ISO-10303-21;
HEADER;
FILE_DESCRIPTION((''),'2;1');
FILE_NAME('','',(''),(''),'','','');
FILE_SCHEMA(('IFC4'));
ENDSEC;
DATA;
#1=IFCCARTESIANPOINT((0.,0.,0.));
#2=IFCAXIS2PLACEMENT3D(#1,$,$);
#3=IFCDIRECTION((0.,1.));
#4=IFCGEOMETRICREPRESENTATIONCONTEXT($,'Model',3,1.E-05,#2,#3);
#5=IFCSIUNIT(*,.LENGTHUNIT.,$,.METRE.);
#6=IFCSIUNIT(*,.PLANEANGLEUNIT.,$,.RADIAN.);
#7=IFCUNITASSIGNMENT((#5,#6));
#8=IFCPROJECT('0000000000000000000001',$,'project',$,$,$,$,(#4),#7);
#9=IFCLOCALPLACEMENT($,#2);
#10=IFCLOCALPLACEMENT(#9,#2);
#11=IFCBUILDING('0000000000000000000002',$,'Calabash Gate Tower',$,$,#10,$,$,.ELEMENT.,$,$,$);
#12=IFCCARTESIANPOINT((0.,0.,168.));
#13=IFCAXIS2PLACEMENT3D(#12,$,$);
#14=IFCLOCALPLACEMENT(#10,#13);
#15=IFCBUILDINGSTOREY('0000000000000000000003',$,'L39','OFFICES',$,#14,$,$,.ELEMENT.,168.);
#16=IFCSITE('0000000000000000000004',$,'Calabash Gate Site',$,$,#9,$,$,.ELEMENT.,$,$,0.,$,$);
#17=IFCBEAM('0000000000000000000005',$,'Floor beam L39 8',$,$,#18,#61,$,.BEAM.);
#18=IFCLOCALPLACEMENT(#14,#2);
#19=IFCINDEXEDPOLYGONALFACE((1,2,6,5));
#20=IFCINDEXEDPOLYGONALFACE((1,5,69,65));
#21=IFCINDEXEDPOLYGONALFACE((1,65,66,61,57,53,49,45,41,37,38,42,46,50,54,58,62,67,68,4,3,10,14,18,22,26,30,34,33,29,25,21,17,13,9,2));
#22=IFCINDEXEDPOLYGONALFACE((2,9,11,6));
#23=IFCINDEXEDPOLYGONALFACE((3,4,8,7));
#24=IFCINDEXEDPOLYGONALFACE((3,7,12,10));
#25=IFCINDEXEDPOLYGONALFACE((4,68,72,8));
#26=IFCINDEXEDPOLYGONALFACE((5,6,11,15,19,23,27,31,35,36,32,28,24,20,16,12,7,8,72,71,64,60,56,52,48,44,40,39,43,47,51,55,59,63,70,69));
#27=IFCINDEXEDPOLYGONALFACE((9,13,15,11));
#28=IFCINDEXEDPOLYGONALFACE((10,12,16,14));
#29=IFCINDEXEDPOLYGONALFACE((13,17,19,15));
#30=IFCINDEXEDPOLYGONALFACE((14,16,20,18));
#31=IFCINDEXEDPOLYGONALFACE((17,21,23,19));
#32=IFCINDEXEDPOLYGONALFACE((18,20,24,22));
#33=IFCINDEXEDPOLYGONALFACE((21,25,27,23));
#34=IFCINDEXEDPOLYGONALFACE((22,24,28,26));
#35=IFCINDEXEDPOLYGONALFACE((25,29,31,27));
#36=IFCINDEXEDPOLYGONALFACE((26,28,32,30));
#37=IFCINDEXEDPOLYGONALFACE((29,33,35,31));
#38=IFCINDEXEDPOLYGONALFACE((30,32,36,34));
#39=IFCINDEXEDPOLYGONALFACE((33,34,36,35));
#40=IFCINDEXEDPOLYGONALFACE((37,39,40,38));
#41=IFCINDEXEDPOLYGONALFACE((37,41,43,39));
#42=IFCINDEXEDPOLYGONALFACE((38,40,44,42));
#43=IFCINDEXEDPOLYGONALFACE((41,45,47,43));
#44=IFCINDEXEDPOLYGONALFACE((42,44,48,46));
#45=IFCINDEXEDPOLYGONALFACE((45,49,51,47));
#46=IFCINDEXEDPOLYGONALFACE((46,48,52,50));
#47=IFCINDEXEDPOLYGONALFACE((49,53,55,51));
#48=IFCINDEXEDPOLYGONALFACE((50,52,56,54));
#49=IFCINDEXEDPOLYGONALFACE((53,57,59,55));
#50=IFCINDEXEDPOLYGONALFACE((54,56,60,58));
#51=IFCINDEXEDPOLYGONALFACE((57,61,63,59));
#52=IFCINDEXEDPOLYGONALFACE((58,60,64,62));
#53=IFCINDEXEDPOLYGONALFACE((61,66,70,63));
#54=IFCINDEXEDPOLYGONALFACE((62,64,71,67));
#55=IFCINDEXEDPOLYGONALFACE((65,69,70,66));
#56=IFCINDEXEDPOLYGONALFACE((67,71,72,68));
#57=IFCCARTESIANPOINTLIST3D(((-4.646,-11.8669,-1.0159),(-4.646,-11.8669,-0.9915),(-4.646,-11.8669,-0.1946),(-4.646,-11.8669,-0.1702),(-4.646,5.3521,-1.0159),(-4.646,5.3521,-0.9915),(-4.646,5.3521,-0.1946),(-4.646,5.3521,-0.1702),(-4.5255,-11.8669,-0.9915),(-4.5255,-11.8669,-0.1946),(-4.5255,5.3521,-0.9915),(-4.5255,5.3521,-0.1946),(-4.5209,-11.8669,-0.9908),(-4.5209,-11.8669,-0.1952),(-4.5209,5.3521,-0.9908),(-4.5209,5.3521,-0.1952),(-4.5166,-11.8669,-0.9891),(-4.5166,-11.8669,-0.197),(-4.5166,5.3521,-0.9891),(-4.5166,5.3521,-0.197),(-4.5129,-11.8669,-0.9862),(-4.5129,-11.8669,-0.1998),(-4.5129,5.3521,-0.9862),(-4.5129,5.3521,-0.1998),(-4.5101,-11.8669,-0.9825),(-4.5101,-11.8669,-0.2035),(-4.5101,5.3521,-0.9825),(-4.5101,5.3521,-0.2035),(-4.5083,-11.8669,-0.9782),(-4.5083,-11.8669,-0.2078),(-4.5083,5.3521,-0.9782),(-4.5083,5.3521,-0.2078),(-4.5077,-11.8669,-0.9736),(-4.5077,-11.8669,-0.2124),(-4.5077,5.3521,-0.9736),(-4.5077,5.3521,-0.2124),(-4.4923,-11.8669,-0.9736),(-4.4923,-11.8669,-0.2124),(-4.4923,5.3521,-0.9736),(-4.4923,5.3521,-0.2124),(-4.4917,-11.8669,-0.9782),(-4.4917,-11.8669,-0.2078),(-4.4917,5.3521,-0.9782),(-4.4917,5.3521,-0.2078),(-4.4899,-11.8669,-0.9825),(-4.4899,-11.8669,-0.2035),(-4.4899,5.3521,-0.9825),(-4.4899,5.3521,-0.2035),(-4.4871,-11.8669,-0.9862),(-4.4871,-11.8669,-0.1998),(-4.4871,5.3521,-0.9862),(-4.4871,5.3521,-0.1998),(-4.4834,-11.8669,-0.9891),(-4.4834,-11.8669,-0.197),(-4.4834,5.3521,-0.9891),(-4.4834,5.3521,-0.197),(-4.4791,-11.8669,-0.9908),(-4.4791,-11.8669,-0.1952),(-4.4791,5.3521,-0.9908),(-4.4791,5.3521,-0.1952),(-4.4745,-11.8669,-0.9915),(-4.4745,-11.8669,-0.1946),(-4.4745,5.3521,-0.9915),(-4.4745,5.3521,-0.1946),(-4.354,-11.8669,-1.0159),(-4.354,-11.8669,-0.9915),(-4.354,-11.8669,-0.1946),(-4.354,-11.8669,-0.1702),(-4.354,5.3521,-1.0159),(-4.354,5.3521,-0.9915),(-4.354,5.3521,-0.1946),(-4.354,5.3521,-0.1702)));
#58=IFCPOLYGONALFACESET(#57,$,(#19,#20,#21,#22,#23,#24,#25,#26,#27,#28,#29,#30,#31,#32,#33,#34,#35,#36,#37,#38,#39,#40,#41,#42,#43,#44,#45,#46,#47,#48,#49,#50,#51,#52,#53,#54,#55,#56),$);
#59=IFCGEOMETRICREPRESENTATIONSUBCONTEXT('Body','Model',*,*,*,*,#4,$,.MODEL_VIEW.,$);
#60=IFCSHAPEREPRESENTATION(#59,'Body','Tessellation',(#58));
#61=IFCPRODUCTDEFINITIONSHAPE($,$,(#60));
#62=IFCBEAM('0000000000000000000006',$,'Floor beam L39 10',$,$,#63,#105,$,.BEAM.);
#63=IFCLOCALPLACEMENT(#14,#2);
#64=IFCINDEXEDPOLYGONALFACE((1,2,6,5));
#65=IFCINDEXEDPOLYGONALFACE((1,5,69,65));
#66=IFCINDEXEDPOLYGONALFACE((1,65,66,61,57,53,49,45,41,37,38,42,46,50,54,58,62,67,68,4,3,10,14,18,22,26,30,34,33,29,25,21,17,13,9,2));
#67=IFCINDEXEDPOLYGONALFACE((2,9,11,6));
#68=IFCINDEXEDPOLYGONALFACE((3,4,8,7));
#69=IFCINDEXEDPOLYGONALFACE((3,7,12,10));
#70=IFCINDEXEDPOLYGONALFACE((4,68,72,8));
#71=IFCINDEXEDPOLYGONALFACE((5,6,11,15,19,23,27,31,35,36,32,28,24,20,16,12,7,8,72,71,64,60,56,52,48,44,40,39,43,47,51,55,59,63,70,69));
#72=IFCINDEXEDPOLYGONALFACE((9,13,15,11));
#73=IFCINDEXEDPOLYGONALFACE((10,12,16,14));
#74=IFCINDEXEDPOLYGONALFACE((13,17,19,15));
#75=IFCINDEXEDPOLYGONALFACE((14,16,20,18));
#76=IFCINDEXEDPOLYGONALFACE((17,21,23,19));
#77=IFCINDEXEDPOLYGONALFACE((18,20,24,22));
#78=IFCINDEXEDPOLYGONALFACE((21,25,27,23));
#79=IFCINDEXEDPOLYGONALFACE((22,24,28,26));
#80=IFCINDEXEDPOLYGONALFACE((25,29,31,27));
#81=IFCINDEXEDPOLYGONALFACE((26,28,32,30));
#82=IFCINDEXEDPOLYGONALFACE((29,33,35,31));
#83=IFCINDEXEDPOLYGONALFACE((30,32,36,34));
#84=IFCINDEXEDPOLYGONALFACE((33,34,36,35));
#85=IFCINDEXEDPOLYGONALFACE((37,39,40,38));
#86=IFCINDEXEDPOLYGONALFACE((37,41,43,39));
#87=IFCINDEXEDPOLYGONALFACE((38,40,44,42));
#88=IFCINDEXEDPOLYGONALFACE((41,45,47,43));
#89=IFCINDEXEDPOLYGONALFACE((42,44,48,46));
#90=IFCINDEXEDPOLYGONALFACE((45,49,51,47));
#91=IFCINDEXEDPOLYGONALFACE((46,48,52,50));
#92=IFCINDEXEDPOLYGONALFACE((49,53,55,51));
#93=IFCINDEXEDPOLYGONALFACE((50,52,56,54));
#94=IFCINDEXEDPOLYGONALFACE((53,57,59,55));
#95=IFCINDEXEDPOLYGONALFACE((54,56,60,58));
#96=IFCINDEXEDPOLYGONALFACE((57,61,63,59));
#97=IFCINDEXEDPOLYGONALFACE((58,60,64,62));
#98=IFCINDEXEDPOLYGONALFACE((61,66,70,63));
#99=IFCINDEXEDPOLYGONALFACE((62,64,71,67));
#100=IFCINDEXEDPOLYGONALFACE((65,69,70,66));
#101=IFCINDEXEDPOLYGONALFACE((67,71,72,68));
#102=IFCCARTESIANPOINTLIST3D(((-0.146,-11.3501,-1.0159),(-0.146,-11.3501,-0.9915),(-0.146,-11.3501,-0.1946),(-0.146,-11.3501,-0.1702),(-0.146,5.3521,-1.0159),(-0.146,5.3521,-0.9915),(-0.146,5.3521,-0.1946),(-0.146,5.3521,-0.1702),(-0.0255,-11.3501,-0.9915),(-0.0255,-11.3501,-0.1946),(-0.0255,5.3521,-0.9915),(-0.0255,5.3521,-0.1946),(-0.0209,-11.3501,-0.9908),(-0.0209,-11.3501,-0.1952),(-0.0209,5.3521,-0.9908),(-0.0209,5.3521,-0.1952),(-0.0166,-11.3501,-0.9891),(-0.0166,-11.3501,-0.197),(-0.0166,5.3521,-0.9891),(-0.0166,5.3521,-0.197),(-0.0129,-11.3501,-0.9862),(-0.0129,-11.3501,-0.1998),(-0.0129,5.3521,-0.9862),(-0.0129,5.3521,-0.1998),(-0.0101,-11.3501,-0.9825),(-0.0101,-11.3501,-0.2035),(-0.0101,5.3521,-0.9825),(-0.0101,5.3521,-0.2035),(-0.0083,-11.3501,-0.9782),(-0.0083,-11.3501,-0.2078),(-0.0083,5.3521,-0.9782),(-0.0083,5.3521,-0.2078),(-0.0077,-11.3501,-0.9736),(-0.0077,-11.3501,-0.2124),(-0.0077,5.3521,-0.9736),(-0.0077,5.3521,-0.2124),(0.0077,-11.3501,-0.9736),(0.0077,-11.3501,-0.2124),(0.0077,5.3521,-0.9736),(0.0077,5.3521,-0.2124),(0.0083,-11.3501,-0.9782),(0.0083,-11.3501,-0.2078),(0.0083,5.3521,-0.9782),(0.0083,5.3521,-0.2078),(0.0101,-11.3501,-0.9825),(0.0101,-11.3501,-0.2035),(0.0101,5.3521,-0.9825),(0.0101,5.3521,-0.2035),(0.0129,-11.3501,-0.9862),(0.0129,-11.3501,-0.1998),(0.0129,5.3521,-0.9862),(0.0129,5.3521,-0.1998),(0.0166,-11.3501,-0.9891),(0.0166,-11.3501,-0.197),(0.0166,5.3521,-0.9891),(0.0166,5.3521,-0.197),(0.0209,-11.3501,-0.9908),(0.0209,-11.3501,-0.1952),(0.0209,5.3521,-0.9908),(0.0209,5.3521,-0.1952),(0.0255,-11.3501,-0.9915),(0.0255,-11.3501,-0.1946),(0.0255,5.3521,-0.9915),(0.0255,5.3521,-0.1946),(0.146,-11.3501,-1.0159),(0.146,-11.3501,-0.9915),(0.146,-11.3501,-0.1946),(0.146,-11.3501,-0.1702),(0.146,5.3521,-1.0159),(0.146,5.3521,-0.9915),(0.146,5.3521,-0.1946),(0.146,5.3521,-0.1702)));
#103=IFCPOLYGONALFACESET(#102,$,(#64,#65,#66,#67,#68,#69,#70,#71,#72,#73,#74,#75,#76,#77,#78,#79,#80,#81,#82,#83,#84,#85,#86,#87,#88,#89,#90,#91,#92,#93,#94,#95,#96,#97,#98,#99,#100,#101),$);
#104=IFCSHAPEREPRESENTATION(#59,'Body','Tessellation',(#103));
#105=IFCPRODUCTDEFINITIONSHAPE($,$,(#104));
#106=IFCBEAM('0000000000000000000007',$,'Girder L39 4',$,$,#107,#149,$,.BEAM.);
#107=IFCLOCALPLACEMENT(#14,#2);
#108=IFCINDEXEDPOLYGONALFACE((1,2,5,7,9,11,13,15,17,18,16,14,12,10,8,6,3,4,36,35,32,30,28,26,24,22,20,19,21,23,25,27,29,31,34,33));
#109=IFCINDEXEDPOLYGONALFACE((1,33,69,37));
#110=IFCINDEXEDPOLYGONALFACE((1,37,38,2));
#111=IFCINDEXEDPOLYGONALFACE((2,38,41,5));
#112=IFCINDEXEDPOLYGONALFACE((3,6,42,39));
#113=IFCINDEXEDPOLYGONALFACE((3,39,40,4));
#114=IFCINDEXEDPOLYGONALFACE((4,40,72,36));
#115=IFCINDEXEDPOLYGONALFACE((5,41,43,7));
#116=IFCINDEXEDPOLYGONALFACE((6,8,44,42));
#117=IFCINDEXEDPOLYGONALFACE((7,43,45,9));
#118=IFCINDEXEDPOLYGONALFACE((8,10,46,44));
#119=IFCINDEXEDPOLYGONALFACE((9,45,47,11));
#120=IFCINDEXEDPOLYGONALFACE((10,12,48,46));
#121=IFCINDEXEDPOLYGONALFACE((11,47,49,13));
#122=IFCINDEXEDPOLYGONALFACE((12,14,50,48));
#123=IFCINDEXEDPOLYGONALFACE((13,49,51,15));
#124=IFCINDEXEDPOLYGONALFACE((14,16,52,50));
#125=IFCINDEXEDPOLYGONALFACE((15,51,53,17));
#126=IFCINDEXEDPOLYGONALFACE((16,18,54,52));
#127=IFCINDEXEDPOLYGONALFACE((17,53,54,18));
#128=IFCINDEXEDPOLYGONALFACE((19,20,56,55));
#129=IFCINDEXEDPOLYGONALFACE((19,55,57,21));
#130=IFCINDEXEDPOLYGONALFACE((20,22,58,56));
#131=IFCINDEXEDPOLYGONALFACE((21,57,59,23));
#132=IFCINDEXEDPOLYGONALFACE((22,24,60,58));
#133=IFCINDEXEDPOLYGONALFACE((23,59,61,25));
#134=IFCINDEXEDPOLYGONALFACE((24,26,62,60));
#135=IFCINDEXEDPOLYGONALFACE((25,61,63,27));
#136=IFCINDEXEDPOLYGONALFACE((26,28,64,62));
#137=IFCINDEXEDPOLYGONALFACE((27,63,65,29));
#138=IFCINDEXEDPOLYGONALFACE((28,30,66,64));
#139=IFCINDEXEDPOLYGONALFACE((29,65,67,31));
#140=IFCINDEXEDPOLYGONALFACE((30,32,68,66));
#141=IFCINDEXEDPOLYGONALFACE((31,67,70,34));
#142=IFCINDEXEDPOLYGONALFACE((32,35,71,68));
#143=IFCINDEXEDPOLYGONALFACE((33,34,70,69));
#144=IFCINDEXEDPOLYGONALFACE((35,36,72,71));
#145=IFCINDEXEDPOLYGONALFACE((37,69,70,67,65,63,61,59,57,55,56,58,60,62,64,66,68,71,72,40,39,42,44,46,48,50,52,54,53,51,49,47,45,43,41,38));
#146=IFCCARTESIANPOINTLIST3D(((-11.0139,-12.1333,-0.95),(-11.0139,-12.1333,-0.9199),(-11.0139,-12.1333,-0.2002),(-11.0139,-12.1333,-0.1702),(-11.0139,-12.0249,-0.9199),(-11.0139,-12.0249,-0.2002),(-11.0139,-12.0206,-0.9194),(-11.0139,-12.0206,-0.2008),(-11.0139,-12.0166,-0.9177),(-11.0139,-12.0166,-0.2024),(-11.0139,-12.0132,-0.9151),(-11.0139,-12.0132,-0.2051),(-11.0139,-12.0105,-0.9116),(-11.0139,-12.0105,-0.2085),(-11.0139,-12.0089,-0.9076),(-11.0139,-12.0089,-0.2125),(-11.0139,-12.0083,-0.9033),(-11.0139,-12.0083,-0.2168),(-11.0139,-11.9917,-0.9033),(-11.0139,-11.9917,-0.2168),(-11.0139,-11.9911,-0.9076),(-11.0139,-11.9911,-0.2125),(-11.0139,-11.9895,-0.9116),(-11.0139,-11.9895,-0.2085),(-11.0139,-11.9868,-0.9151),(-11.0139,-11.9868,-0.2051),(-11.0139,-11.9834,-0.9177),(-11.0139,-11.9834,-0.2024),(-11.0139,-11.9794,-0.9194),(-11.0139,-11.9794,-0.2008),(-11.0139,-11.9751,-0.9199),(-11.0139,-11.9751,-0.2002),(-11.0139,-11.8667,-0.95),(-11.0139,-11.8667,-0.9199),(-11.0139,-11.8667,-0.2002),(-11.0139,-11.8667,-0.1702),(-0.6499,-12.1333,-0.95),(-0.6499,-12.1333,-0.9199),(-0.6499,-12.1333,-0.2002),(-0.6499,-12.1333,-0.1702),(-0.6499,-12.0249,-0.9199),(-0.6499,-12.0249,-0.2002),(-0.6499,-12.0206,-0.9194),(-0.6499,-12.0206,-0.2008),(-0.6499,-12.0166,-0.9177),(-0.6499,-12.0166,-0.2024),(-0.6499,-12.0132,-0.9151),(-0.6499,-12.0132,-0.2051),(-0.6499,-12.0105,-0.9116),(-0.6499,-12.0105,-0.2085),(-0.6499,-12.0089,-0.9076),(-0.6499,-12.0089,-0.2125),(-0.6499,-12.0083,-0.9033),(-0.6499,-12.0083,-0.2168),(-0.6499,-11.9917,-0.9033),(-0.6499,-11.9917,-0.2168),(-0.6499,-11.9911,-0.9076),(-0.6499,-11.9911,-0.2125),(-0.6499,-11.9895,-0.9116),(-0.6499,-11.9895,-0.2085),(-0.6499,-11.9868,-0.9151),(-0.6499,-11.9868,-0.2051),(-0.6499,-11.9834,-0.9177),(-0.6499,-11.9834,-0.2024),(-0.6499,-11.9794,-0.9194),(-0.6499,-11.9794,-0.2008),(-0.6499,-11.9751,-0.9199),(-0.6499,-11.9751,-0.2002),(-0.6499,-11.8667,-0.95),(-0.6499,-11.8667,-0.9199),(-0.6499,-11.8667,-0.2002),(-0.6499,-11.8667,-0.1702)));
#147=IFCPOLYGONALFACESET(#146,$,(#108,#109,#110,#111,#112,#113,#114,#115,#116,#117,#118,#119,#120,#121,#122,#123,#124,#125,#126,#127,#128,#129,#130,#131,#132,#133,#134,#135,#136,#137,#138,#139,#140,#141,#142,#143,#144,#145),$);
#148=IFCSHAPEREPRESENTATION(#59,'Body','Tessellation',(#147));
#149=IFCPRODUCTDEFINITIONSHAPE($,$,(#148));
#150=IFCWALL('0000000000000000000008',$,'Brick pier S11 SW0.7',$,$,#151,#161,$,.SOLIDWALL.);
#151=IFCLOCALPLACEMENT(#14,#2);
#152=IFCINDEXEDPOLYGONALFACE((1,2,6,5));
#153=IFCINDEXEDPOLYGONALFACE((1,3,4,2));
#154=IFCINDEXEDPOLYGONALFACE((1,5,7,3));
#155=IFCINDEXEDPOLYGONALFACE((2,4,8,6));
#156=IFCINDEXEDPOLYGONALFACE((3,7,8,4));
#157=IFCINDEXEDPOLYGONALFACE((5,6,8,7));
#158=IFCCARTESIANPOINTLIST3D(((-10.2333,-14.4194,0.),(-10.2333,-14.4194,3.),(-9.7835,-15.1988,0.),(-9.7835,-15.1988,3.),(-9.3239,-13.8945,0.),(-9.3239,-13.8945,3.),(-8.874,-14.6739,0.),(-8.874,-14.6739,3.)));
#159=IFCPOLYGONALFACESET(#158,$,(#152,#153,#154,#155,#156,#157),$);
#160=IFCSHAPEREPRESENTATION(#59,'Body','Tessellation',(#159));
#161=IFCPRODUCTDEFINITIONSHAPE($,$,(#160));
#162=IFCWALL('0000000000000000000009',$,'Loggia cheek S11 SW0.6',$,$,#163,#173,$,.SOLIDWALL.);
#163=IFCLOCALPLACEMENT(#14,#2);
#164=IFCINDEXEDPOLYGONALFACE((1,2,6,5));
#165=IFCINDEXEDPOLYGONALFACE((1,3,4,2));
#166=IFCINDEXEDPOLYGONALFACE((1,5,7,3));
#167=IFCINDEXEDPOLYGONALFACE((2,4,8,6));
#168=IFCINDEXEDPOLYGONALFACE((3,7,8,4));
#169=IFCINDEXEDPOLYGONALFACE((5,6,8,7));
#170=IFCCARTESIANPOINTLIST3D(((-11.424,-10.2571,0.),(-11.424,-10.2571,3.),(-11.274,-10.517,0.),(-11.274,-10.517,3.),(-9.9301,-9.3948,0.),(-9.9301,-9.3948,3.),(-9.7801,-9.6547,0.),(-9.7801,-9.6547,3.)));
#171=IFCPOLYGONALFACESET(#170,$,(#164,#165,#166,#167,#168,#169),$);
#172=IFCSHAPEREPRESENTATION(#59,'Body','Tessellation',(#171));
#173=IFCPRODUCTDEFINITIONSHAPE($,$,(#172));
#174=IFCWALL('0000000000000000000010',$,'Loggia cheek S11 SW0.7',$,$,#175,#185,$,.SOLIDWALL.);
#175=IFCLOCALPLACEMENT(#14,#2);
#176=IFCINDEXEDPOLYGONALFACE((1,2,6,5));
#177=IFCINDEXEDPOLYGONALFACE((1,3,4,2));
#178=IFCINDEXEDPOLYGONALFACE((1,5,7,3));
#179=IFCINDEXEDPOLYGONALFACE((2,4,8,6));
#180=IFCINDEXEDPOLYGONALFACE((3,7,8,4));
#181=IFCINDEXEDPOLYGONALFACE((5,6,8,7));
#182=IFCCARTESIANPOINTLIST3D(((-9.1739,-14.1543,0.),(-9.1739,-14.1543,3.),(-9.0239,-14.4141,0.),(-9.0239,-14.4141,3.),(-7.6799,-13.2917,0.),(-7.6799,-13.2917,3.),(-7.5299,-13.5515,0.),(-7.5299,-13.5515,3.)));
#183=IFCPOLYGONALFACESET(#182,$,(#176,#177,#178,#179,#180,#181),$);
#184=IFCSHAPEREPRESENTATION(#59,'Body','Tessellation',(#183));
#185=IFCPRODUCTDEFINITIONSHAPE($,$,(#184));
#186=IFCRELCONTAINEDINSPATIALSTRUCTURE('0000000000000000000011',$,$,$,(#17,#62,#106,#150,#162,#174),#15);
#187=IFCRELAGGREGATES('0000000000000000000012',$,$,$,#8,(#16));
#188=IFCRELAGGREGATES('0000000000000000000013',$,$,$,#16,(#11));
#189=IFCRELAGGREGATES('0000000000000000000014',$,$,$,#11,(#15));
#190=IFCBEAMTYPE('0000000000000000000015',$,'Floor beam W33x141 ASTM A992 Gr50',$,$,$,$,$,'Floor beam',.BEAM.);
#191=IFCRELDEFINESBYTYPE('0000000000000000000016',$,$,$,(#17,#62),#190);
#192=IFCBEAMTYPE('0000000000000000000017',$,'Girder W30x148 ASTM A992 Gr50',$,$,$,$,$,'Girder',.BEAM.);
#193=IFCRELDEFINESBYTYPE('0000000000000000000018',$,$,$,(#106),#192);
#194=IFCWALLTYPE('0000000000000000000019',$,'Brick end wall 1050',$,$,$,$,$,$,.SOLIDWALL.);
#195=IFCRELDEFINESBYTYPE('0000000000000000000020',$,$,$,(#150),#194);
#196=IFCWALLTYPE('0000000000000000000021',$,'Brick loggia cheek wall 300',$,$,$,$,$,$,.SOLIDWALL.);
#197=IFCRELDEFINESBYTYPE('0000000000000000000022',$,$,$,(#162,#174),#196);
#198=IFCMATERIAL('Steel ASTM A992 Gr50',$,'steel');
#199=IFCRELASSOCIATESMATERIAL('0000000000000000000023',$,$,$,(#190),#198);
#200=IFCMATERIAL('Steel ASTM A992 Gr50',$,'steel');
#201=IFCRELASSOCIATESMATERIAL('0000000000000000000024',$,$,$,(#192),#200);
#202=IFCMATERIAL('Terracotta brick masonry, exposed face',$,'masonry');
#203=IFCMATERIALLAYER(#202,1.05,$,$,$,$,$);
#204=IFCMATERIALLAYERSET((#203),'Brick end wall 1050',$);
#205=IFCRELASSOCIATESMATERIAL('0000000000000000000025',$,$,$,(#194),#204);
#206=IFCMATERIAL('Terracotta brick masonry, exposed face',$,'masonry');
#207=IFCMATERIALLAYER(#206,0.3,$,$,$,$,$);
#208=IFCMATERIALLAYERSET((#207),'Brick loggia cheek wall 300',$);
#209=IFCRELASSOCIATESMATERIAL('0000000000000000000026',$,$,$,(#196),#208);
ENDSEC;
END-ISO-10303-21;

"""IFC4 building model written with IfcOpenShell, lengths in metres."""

from ifc_helpers import new_model, si_unit, direction, frame, frame_2d, origin, origin_2d, place, context, subcontext, project, spatial, rectangle, i_section, extrude, material, layer, layer_set, material_profile, profile_set, type_object, element, save


model = new_model("IFC4")

# Units and contexts
model_context = context("Model", 3, precision=1e-05, world=origin(), true_north=direction((0.0, 1.0)))
body_context = subcontext(model_context, "Body", "Model", "MODEL_VIEW")
ifc_project = project(units=[si_unit("LENGTHUNIT", "METRE"), si_unit("PLANEANGLEUNIT", "RADIAN")], contexts=[model_context])

# Site, building, storey
site_placement = place(None, origin())
site = spatial("IfcSite", under=ifc_project, at=site_placement, Name="Calabash Gate Site", CompositionType="ELEMENT", RefElevation=0.0)
building_placement = place(site_placement, origin())
building = spatial("IfcBuilding", under=site, at=building_placement, Name="Calabash Gate Tower", CompositionType="ELEMENT")
storey_placement = place(building_placement, frame((0.0, 0.0, 168.0)))
storey = spatial("IfcBuildingStorey", under=building, at=storey_placement, Name="L39", Description="OFFICES", CompositionType="ELEMENT", Elevation=168.0)

# Beams
ifc_material_1 = material(Name="Steel ASTM A992 Gr50", Category="steel")
ifc_material_profile_1 = material_profile(ifc_material_1, i_section(OverallWidth=0.292, OverallDepth=0.8457, WebThickness=0.0154, FlangeThickness=0.0244, FilletRadius=0.0178, at=origin_2d()))
ifc_profile_set_1 = profile_set([ifc_material_profile_1], Name="Steel ASTM A992 Gr50")
beam_type_1 = type_object("IfcBeamType", Name="Floor beam W33x141 ASTM A992 Gr50", ElementType="Floor beam", PredefinedType="BEAM", material=ifc_profile_set_1)
beam_1_placement = place(storey_placement, frame((-4.5, -11.8669, -0.593), z_axis=(0.0, 1.0, 0.0), x_axis=(-1.0, 0.0, 0.0)))
element("IfcBeam", 1, at=beam_1_placement, inside=storey, type_object=beam_type_1, Name="Floor beam L39 8", PredefinedType="BEAM", context=body_context, shape_type="SweptSolid", body=[
    extrude(i_section(OverallWidth=0.292, OverallDepth=0.8457, WebThickness=0.0154, FlangeThickness=0.0244, FilletRadius=0.0178, at=origin_2d()), origin(), (0.0, 0.0, 1.0), 17.219),
])
beam_2_placement = place(storey_placement, frame((0.0, -11.3501, -0.593), z_axis=(0.0, 1.0, 0.0), x_axis=(-1.0, 0.0, 0.0)))
element("IfcBeam", 2, at=beam_2_placement, inside=storey, type_object=beam_type_1, Name="Floor beam L39 10", PredefinedType="BEAM", context=body_context, shape_type="SweptSolid", body=[
    extrude(i_section(OverallWidth=0.292, OverallDepth=0.8457, WebThickness=0.0154, FlangeThickness=0.0244, FilletRadius=0.0178, at=origin_2d()), origin(), (0.0, 0.0, 1.0), 16.7021),
])
ifc_material_2 = material(Name="Steel ASTM A992 Gr50", Category="steel")
ifc_material_profile_2 = material_profile(ifc_material_2, i_section(OverallWidth=0.2666, OverallDepth=0.7798, WebThickness=0.0166, FlangeThickness=0.03, FilletRadius=0.0166, at=origin_2d()))
ifc_profile_set_2 = profile_set([ifc_material_profile_2], Name="Steel ASTM A992 Gr50")
beam_type_2 = type_object("IfcBeamType", Name="Girder W30x148 ASTM A992 Gr50", ElementType="Girder", PredefinedType="BEAM", material=ifc_profile_set_2)
beam_3_placement = place(storey_placement, frame((-11.0139, -12.0, -0.5601), z_axis=(1.0, 0.0, 0.0), x_axis=(0.0, 1.0, 0.0)))
element("IfcBeam", 3, at=beam_3_placement, inside=storey, type_object=beam_type_2, Name="Girder L39 4", PredefinedType="BEAM", context=body_context, shape_type="SweptSolid", body=[
    extrude(i_section(OverallWidth=0.2666, OverallDepth=0.7798, WebThickness=0.0166, FlangeThickness=0.03, FilletRadius=0.0166, at=origin_2d()), origin(), (0.0, 0.0, 1.0), 10.364),
])

# Walls
ifc_material_3 = material(Name="Terracotta brick masonry, exposed face", Category="masonry")
ifc_layer_1 = layer(ifc_material_3, 1.05)
ifc_layer_set_1 = layer_set([ifc_layer_1], Name="Brick end wall 1050")
wall_type_1 = type_object("IfcWallType", Name="Brick end wall 1050", PredefinedType="SOLIDWALL", material=ifc_layer_set_1)
wall_1_placement = place(storey_placement, frame((-10.0083, -14.8091, 0.0), z_axis=(0.0, 0.0, 1.0), x_axis=(0.866089, 0.49989, 0.0)))
element("IfcWall", 4, at=wall_1_placement, inside=storey, type_object=wall_type_1, Name="Brick pier S11 SW0.7", PredefinedType="SOLIDWALL", context=body_context, shape_type="SweptSolid", body=[
    extrude(rectangle(XDim=1.05, YDim=0.8999, at=frame_2d((0.5249, 0.0))), origin(), (0.0, 0.0, 1.0), 3.0),
])
ifc_material_4 = material(Name="Terracotta brick masonry, exposed face", Category="masonry")
ifc_layer_2 = layer(ifc_material_4, 0.3)
ifc_layer_set_2 = layer_set([ifc_layer_2], Name="Brick loggia cheek wall 300")
wall_type_2 = type_object("IfcWallType", Name="Brick loggia cheek wall 300", PredefinedType="SOLIDWALL", material=ifc_layer_set_2)
wall_2_placement = place(storey_placement, frame((-11.3489, -10.387, 0.0), z_axis=(0.0, 0.0, 1.0), x_axis=(0.866075, 0.499914, 0.0)))
element("IfcWall", 5, at=wall_2_placement, inside=storey, type_object=wall_type_2, Name="Loggia cheek S11 SW0.6", PredefinedType="SOLIDWALL", context=body_context, shape_type="SweptSolid", body=[
    extrude(rectangle(XDim=1.7249, YDim=0.3, at=frame_2d((0.8623, 0.0))), origin(), (0.0, 0.0, 1.0), 3.0),
])
wall_3_placement = place(storey_placement, frame((-9.0989, -14.2842, 0.0), z_axis=(0.0, 0.0, 1.0), x_axis=(0.866014, 0.500021, 0.0)))
element("IfcWall", 6, at=wall_3_placement, inside=storey, type_object=wall_type_2, Name="Loggia cheek S11 SW0.7", PredefinedType="SOLIDWALL", context=body_context, shape_type="SweptSolid", body=[
    extrude(rectangle(XDim=1.7251, YDim=0.3, at=frame_2d((0.8625, 0.0))), origin(), (0.0, 0.0, 1.0), 3.0),
])

save(model, "model.ifc")
